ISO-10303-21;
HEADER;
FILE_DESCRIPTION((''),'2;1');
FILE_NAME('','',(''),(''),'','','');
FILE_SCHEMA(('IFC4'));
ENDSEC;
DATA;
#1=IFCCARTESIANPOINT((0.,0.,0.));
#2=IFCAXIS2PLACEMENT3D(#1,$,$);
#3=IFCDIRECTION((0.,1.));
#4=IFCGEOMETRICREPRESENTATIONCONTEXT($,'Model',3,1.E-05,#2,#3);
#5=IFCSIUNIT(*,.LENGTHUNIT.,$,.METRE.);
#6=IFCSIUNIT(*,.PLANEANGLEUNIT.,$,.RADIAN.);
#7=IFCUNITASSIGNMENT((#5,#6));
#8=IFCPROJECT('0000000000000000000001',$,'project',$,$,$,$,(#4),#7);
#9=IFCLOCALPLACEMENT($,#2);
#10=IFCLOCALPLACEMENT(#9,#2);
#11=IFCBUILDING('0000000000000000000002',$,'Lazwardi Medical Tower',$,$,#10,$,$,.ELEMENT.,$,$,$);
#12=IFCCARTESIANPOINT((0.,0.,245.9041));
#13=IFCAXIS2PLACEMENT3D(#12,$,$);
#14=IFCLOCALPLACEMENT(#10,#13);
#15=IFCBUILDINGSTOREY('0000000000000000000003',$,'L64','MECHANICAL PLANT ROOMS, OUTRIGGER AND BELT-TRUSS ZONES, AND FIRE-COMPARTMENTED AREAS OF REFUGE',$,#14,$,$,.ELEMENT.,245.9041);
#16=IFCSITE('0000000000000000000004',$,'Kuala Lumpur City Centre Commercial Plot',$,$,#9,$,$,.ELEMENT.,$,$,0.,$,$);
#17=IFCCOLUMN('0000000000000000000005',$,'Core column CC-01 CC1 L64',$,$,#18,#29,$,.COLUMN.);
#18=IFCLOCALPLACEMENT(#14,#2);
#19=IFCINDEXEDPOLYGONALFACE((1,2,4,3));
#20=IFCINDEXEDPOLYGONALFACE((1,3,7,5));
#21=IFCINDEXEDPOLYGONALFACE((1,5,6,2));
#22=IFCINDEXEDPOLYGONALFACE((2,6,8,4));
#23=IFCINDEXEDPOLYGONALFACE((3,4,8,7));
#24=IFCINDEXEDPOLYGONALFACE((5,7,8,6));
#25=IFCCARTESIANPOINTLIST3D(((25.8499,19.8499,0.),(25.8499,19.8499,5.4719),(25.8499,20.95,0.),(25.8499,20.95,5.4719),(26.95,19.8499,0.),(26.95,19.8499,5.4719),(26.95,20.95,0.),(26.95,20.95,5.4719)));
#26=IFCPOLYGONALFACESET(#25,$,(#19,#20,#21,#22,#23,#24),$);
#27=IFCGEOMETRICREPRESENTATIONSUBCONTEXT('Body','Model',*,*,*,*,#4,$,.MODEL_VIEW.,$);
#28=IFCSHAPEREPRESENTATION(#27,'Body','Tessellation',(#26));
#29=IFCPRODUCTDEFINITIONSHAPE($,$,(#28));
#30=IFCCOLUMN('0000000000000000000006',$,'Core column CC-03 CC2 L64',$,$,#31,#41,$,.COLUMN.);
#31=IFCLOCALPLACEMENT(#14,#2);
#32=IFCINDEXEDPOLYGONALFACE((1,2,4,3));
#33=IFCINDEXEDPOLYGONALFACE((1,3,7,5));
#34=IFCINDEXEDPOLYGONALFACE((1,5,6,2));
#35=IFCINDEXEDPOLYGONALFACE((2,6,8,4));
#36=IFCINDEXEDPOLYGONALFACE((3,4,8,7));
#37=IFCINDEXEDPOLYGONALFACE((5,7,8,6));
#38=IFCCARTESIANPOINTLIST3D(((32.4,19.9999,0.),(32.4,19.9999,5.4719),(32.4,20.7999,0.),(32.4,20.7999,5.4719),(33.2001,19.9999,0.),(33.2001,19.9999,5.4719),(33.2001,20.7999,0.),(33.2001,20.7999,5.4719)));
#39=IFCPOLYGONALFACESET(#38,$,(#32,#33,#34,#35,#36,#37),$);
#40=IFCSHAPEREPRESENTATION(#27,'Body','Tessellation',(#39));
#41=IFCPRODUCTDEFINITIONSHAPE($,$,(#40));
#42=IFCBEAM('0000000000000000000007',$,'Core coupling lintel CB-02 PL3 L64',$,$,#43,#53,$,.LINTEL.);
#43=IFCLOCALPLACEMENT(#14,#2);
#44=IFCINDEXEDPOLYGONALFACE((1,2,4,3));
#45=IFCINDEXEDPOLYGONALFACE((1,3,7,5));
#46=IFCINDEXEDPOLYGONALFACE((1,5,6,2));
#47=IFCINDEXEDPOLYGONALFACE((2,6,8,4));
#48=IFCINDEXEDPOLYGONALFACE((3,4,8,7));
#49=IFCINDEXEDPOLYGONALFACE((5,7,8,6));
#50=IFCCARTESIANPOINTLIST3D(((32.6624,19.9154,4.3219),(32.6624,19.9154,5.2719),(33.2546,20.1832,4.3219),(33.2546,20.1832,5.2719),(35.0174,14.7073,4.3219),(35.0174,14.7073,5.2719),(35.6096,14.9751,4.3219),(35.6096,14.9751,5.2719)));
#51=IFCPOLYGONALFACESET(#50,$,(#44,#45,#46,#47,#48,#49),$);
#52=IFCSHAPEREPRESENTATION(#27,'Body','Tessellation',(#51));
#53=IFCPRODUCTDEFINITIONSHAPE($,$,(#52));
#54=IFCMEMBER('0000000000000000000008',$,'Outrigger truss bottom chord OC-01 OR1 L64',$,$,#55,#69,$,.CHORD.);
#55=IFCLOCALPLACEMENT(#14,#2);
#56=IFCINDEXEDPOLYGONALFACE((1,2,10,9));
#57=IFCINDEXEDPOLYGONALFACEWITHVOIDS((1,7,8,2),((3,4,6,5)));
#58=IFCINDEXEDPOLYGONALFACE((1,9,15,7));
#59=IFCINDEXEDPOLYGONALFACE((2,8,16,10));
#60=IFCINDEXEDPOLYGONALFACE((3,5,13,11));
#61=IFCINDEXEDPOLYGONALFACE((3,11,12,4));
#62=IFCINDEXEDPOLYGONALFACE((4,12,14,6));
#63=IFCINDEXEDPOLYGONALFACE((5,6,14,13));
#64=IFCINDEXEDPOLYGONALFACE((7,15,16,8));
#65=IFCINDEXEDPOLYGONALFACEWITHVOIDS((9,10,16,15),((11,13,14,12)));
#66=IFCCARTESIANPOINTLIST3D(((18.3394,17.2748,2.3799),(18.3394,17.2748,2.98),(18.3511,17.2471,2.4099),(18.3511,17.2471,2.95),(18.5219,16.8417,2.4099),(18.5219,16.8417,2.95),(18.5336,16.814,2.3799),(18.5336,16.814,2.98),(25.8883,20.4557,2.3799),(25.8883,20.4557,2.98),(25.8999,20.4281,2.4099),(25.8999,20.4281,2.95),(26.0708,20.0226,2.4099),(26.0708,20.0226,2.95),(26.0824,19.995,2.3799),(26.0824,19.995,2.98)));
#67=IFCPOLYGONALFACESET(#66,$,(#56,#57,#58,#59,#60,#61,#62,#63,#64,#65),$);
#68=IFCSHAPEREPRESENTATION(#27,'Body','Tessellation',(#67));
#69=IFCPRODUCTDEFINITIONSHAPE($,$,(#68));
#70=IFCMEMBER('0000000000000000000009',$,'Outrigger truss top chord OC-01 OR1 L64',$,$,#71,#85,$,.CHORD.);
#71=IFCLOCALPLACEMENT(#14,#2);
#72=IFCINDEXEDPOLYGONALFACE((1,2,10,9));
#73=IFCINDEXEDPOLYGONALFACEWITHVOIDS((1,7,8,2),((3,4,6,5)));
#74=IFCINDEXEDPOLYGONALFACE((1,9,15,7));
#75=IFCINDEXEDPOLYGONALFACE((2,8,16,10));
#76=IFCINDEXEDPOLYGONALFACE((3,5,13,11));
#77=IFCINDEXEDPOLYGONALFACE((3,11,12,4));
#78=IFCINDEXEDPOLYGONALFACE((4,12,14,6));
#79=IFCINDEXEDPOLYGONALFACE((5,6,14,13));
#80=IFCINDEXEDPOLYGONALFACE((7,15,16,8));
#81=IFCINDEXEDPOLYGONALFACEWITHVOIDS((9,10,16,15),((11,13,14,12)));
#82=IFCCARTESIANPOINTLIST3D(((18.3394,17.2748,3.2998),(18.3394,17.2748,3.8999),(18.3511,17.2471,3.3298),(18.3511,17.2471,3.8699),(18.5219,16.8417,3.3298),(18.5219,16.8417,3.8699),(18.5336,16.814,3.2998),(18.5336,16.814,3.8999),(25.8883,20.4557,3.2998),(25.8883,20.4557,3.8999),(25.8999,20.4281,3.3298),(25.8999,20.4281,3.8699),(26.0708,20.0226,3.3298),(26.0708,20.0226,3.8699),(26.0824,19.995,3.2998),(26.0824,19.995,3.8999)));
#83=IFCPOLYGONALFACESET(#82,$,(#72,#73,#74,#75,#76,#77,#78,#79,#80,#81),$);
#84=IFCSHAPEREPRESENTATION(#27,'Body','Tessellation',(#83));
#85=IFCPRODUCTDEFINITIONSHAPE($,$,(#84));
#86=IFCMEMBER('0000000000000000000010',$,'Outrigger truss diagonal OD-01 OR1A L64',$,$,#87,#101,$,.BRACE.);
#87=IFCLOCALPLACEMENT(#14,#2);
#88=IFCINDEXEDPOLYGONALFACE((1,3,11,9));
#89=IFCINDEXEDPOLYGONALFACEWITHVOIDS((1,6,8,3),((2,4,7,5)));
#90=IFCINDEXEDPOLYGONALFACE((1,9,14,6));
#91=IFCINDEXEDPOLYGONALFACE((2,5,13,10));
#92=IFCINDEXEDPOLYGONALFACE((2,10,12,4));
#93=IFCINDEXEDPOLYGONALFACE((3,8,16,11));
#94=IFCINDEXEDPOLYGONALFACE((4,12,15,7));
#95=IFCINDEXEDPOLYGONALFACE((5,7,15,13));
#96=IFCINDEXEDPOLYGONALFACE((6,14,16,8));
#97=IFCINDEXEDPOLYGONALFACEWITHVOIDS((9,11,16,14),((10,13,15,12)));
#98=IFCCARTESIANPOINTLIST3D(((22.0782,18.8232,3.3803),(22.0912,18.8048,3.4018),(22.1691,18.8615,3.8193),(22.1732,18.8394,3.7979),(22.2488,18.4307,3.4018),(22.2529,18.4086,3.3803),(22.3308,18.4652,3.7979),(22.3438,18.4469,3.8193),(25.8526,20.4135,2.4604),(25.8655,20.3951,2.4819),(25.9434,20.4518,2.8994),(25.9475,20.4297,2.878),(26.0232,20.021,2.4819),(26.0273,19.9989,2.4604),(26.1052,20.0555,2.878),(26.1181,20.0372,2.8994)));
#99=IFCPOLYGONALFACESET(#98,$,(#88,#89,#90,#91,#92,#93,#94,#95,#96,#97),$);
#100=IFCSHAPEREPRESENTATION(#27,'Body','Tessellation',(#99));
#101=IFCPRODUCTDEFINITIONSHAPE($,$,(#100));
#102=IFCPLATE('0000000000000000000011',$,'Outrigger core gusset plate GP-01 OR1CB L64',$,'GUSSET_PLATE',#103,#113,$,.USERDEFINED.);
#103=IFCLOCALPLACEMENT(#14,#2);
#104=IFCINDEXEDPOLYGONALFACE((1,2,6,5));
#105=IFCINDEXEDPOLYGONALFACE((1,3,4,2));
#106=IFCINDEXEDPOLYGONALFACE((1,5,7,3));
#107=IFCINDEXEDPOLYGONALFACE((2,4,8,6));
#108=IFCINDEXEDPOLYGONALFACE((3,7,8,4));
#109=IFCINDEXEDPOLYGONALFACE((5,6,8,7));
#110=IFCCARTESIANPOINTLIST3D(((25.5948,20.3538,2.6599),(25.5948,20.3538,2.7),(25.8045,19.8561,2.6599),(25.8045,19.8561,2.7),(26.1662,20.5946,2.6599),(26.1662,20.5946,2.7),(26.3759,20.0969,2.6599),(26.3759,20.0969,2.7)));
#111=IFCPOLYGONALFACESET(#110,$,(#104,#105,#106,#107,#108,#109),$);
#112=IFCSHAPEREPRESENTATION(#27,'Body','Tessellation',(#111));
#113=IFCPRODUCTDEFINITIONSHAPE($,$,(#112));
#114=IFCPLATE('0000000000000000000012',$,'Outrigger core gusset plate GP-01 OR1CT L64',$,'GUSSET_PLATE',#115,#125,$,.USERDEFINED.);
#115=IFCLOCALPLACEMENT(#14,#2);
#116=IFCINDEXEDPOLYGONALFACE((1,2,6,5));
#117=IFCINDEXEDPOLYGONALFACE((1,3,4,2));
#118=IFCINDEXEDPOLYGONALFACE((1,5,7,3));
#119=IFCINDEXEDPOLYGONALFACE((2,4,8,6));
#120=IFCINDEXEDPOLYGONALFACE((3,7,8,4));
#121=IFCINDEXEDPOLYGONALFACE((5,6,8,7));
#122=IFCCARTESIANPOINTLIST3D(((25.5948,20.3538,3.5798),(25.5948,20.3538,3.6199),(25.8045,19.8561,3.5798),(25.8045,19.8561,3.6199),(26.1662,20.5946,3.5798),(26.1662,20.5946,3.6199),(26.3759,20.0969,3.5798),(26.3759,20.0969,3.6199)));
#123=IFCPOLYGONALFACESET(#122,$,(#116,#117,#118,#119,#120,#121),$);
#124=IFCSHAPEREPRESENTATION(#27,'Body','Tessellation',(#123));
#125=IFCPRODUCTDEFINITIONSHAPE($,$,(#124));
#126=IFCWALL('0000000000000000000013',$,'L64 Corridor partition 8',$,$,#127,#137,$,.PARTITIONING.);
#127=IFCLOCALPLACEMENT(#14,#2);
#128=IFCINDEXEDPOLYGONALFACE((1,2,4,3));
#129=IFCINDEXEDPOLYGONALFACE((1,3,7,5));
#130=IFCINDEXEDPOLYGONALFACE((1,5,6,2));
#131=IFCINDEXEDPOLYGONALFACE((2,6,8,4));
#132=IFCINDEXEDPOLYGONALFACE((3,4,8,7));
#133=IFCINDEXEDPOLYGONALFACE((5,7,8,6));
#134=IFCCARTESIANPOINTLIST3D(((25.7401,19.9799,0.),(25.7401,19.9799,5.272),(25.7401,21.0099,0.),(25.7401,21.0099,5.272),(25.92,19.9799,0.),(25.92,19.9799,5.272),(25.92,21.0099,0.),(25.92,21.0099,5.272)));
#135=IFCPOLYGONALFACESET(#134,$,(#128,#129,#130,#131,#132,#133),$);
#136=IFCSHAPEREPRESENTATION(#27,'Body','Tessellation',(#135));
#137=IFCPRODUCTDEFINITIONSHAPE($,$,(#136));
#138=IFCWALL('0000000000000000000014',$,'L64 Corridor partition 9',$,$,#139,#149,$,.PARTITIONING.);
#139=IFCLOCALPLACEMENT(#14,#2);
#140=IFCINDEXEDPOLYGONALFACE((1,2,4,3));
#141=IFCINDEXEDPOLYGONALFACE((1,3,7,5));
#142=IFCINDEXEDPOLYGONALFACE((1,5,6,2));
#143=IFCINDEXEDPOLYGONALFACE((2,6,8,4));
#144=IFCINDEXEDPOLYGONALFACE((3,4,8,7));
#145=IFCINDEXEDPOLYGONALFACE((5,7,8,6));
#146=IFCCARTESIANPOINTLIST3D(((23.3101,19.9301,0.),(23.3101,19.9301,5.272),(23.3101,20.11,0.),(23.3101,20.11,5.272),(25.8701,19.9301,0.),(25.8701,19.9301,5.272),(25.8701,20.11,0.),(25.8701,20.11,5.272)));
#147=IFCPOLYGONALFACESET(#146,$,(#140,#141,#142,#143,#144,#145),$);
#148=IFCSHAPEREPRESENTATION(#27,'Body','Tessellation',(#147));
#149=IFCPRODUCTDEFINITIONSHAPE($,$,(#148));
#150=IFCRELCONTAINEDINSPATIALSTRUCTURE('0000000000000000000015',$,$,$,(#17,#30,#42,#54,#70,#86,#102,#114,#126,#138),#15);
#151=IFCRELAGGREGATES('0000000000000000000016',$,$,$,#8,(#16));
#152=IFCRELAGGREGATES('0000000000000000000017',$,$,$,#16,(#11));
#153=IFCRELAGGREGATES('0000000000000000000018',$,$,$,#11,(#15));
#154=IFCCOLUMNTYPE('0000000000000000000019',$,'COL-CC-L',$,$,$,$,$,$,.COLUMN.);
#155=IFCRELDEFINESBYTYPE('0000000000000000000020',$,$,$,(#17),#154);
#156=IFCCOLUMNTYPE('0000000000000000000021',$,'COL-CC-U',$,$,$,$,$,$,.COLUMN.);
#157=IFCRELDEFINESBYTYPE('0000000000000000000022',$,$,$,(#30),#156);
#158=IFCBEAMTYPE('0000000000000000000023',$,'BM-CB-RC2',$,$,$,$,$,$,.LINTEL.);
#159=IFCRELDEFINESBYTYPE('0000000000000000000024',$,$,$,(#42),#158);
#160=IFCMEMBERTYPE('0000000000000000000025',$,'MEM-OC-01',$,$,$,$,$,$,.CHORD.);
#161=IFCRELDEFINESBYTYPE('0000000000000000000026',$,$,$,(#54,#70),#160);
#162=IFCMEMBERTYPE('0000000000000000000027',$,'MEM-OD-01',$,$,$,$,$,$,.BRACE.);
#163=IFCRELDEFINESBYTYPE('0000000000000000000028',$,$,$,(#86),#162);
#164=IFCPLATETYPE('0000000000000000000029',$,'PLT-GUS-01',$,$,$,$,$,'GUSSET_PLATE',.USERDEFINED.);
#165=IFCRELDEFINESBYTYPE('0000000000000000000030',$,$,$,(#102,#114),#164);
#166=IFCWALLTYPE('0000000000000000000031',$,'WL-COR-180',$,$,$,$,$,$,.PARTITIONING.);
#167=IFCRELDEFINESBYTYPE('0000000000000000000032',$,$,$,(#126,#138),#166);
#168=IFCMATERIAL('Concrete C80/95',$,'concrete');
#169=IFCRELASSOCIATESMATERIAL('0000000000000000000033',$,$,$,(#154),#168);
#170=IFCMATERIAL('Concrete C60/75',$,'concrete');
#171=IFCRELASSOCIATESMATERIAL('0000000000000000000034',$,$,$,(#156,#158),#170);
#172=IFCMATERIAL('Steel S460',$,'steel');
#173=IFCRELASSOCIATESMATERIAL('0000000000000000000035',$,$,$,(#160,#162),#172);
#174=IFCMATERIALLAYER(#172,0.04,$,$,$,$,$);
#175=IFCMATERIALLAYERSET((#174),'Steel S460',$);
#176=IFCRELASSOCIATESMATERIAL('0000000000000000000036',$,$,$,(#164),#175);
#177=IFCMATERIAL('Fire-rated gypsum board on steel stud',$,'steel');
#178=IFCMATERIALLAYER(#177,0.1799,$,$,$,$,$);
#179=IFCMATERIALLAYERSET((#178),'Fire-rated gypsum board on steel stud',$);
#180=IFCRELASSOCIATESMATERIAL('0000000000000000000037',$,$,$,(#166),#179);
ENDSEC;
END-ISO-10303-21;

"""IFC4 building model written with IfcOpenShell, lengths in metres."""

from ifc_helpers import new_model, si_unit, direction, frame, frame_2d, origin, origin_2d, place, context, subcontext, project, spatial, rectangle, hollow_rectangle, extrude, material, layer, layer_set, material_profile, profile_set, type_object, element, save


model = new_model("IFC4")

# Units and contexts
model_context = context("Model", 3, precision=1e-05, world=origin(), true_north=direction((0.0, 1.0)))
body_context = subcontext(model_context, "Body", "Model", "MODEL_VIEW")
ifc_project = project(units=[si_unit("LENGTHUNIT", "METRE"), si_unit("PLANEANGLEUNIT", "RADIAN")], contexts=[model_context])

# Site, building, storey
site_placement = place(None, origin())
site = spatial("IfcSite", under=ifc_project, at=site_placement, Name="Kuala Lumpur City Centre Commercial Plot", CompositionType="ELEMENT", RefElevation=0.0)
building_placement = place(site_placement, origin())
building = spatial("IfcBuilding", under=site, at=building_placement, Name="Lazwardi Medical Tower", CompositionType="ELEMENT")
storey_placement = place(building_placement, frame((0.0, 0.0, 245.9041)))
storey = spatial("IfcBuildingStorey", under=building, at=storey_placement, Name="L64", Description="MECHANICAL PLANT ROOMS, OUTRIGGER AND BELT-TRUSS ZONES, AND FIRE-COMPARTMENTED AREAS OF REFUGE", CompositionType="ELEMENT", Elevation=245.9041)

# Columns
ifc_material_1 = material(Name="Concrete C80/95", Category="concrete")
ifc_material_profile_1 = material_profile(ifc_material_1, rectangle(XDim=1.1001, YDim=1.1001, at=origin_2d()), Name="RC 1100x1100")
ifc_profile_set_1 = profile_set([ifc_material_profile_1], Name="Concrete C80/95")
column_type_1 = type_object("IfcColumnType", Name="COL-CC-L", PredefinedType="COLUMN", material=ifc_profile_set_1)
column_1_placement = place(storey_placement, frame((26.3999, 20.3999, 0.0), z_axis=(0.0, 0.0, 1.0), x_axis=(1.0, 0.0, 0.0)))
element("IfcColumn", 1, at=column_1_placement, inside=storey, type_object=column_type_1, Name="Core column CC-01 CC1 L64", PredefinedType="COLUMN", context=body_context, shape_type="SweptSolid", body=[
    extrude(rectangle(XDim=1.1001, YDim=1.1001, at=origin_2d()), origin(), (0.0, 0.0, 1.0), 5.4719),
])
ifc_material_2 = material(Name="Concrete C60/75", Category="concrete")
ifc_material_profile_2 = material_profile(ifc_material_2, rectangle(XDim=0.8, YDim=0.8, at=origin_2d()), Name="RC 800x800")
ifc_profile_set_2 = profile_set([ifc_material_profile_2], Name="Concrete C60/75")
column_type_2 = type_object("IfcColumnType", Name="COL-CC-U", PredefinedType="COLUMN", material=ifc_profile_set_2)
column_2_placement = place(storey_placement, frame((32.8, 20.3999, 0.0), z_axis=(0.0, 0.0, 1.0), x_axis=(1.0, 0.0, 0.0)))
element("IfcColumn", 2, at=column_2_placement, inside=storey, type_object=column_type_2, Name="Core column CC-03 CC2 L64", PredefinedType="COLUMN", context=body_context, shape_type="SweptSolid", body=[
    extrude(rectangle(XDim=0.8, YDim=0.8, at=origin_2d()), origin(), (0.0, 0.0, 1.0), 5.4719),
])

# Beam
ifc_material_profile_3 = material_profile(ifc_material_2, rectangle(XDim=0.6499, YDim=0.95, at=origin_2d()), Name="RC 650x950")
ifc_profile_set_3 = profile_set([ifc_material_profile_3], Name="Concrete C60/75")
beam_type = type_object("IfcBeamType", Name="BM-CB-RC2", PredefinedType="LINTEL", material=ifc_profile_set_3)
beam_placement = place(storey_placement, frame((32.9585, 20.0493, 4.7969), z_axis=(0.412019, -0.911175, 0.0), x_axis=(0.911175, 0.412019, 0.0)))
element("IfcBeam", 3, at=beam_placement, inside=storey, type_object=beam_type, Name="Core coupling lintel CB-02 PL3 L64", PredefinedType="LINTEL", context=body_context, shape_type="SweptSolid", body=[
    extrude(rectangle(XDim=0.6499, YDim=0.95, at=origin_2d()), origin(), (0.0, 0.0, 1.0), 5.7158),
])

# Members
ifc_material_3 = material(Name="Steel S460", Category="steel")
ifc_material_profile_4 = material_profile(ifc_material_3, hollow_rectangle(XDim=0.5, YDim=0.6001, WallThickness=0.03, at=origin_2d()), Name="RHS 600x500x30")
ifc_profile_set_4 = profile_set([ifc_material_profile_4], Name="Steel S460")
member_type_1 = type_object("IfcMemberType", Name="MEM-OC-01", PredefinedType="CHORD", material=ifc_profile_set_4)
for number, where, z_axis, x_axis, name in (
    (4, (25.9854, 20.2253, 2.6799), (-0.921528, -0.388311, 0.0), (0.388311, -0.921528, 0.0), "Outrigger truss bottom chord OC-01 OR1 L64"),
    (5, (25.9854, 20.2253, 3.5999), (-0.921528, -0.388311, 0.0), (0.388311, -0.921528, 0.0), "Outrigger truss top chord OC-01 OR1 L64"),
):
    element("IfcMember", number, at=place(storey_placement, frame(where, z_axis=z_axis, x_axis=x_axis)), inside=storey, type_object=member_type_1, Name=name, PredefinedType="CHORD", context=body_context, shape_type="SweptSolid", body=[
        extrude(hollow_rectangle(XDim=0.5, YDim=0.6001, WallThickness=0.03, at=origin_2d()), origin(), (0.0, 0.0, 1.0), 8.1917),
    ])
ifc_material_profile_5 = material_profile(ifc_material_3, hollow_rectangle(XDim=0.45, YDim=0.45, WallThickness=0.022, at=origin_2d()), Name="RHS 450x450x22")
ifc_profile_set_5 = profile_set([ifc_material_profile_5], Name="Steel S460")
member_type_2 = type_object("IfcMemberType", Name="MEM-OD-01", PredefinedType="BRACE", material=ifc_profile_set_5)
member_placement = place(storey_placement, frame((25.9854, 20.2253, 2.6799), z_axis=(-0.899139, -0.378848, 0.219143), x_axis=(0.388286, -0.921539, 0.0)))
element("IfcMember", 6, at=member_placement, inside=storey, type_object=member_type_2, Name="Outrigger truss diagonal OD-01 OR1A L64", PredefinedType="BRACE", context=body_context, shape_type="SweptSolid", body=[
    extrude(hollow_rectangle(XDim=0.45, YDim=0.45, WallThickness=0.022, at=origin_2d()), origin(), (0.0, 0.0, 1.0), 4.1978),
])

# Plates
ifc_layer_1 = layer(ifc_material_3, 0.04)
ifc_layer_set_1 = layer_set([ifc_layer_1], Name="Steel S460")
plate_type = type_object("IfcPlateType", Name="PLT-GUS-01", ElementType="GUSSET_PLATE", PredefinedType="USERDEFINED", material=ifc_layer_set_1)
for number, where, z_axis, x_axis, name in (
    (7, (25.9854, 20.2253, 2.6599), (0.0, 0.0, 1.0), (-0.921525, -0.38832, 0.0), "Outrigger core gusset plate GP-01 OR1CB L64"),
    (8, (25.9854, 20.2253, 3.5798), (0.0, 0.0, 1.0), (-0.921525, -0.38832, 0.0), "Outrigger core gusset plate GP-01 OR1CT L64"),
):
    element("IfcPlate", number, at=place(storey_placement, frame(where, z_axis=z_axis, x_axis=x_axis)), inside=storey, type_object=plate_type, Name=name, ObjectType="GUSSET_PLATE", PredefinedType="USERDEFINED", context=body_context, shape_type="SweptSolid", body=[
        extrude(rectangle(XDim=0.6201, YDim=0.54, at=origin_2d()), origin(), (0.0, 0.0, 1.0), 0.04),
    ])

# Walls
ifc_material_4 = material(Name="Fire-rated gypsum board on steel stud", Category="steel")
ifc_layer_2 = layer(ifc_material_4, 0.1799)
ifc_layer_set_2 = layer_set([ifc_layer_2], Name="Fire-rated gypsum board on steel stud")
wall_type_1 = type_object("IfcWallType", Name="WL-COR-180", PredefinedType="PARTITIONING", material=ifc_layer_set_2)
wall_1_placement = place(storey_placement, frame((25.8301, 21.01, 0.0), z_axis=(0.0, 0.0, 1.0), x_axis=(0.0, -1.0, 0.0)))
element("IfcWall", 9, at=wall_1_placement, inside=storey, type_object=wall_type_1, Name="L64 Corridor partition 8", PredefinedType="PARTITIONING", context=body_context, shape_type="SweptSolid", body=[
    extrude(rectangle(XDim=1.03, YDim=0.1799, at=frame_2d((0.5151, 0.0))), origin(), (0.0, 0.0, 1.0), 5.272),
])
wall_2_placement = place(storey_placement, frame((25.8701, 20.02, 0.0), z_axis=(0.0, 0.0, 1.0), x_axis=(-1.0, 0.0, 0.0)))
element("IfcWall", 10, at=wall_2_placement, inside=storey, type_object=wall_type_1, Name="L64 Corridor partition 9", PredefinedType="PARTITIONING", context=body_context, shape_type="SweptSolid", body=[
    extrude(rectangle(XDim=2.5601, YDim=0.1799, at=frame_2d((1.28, 0.0))), origin(), (0.0, 0.0, 1.0), 5.272),
])

save(model, "model.ifc")
